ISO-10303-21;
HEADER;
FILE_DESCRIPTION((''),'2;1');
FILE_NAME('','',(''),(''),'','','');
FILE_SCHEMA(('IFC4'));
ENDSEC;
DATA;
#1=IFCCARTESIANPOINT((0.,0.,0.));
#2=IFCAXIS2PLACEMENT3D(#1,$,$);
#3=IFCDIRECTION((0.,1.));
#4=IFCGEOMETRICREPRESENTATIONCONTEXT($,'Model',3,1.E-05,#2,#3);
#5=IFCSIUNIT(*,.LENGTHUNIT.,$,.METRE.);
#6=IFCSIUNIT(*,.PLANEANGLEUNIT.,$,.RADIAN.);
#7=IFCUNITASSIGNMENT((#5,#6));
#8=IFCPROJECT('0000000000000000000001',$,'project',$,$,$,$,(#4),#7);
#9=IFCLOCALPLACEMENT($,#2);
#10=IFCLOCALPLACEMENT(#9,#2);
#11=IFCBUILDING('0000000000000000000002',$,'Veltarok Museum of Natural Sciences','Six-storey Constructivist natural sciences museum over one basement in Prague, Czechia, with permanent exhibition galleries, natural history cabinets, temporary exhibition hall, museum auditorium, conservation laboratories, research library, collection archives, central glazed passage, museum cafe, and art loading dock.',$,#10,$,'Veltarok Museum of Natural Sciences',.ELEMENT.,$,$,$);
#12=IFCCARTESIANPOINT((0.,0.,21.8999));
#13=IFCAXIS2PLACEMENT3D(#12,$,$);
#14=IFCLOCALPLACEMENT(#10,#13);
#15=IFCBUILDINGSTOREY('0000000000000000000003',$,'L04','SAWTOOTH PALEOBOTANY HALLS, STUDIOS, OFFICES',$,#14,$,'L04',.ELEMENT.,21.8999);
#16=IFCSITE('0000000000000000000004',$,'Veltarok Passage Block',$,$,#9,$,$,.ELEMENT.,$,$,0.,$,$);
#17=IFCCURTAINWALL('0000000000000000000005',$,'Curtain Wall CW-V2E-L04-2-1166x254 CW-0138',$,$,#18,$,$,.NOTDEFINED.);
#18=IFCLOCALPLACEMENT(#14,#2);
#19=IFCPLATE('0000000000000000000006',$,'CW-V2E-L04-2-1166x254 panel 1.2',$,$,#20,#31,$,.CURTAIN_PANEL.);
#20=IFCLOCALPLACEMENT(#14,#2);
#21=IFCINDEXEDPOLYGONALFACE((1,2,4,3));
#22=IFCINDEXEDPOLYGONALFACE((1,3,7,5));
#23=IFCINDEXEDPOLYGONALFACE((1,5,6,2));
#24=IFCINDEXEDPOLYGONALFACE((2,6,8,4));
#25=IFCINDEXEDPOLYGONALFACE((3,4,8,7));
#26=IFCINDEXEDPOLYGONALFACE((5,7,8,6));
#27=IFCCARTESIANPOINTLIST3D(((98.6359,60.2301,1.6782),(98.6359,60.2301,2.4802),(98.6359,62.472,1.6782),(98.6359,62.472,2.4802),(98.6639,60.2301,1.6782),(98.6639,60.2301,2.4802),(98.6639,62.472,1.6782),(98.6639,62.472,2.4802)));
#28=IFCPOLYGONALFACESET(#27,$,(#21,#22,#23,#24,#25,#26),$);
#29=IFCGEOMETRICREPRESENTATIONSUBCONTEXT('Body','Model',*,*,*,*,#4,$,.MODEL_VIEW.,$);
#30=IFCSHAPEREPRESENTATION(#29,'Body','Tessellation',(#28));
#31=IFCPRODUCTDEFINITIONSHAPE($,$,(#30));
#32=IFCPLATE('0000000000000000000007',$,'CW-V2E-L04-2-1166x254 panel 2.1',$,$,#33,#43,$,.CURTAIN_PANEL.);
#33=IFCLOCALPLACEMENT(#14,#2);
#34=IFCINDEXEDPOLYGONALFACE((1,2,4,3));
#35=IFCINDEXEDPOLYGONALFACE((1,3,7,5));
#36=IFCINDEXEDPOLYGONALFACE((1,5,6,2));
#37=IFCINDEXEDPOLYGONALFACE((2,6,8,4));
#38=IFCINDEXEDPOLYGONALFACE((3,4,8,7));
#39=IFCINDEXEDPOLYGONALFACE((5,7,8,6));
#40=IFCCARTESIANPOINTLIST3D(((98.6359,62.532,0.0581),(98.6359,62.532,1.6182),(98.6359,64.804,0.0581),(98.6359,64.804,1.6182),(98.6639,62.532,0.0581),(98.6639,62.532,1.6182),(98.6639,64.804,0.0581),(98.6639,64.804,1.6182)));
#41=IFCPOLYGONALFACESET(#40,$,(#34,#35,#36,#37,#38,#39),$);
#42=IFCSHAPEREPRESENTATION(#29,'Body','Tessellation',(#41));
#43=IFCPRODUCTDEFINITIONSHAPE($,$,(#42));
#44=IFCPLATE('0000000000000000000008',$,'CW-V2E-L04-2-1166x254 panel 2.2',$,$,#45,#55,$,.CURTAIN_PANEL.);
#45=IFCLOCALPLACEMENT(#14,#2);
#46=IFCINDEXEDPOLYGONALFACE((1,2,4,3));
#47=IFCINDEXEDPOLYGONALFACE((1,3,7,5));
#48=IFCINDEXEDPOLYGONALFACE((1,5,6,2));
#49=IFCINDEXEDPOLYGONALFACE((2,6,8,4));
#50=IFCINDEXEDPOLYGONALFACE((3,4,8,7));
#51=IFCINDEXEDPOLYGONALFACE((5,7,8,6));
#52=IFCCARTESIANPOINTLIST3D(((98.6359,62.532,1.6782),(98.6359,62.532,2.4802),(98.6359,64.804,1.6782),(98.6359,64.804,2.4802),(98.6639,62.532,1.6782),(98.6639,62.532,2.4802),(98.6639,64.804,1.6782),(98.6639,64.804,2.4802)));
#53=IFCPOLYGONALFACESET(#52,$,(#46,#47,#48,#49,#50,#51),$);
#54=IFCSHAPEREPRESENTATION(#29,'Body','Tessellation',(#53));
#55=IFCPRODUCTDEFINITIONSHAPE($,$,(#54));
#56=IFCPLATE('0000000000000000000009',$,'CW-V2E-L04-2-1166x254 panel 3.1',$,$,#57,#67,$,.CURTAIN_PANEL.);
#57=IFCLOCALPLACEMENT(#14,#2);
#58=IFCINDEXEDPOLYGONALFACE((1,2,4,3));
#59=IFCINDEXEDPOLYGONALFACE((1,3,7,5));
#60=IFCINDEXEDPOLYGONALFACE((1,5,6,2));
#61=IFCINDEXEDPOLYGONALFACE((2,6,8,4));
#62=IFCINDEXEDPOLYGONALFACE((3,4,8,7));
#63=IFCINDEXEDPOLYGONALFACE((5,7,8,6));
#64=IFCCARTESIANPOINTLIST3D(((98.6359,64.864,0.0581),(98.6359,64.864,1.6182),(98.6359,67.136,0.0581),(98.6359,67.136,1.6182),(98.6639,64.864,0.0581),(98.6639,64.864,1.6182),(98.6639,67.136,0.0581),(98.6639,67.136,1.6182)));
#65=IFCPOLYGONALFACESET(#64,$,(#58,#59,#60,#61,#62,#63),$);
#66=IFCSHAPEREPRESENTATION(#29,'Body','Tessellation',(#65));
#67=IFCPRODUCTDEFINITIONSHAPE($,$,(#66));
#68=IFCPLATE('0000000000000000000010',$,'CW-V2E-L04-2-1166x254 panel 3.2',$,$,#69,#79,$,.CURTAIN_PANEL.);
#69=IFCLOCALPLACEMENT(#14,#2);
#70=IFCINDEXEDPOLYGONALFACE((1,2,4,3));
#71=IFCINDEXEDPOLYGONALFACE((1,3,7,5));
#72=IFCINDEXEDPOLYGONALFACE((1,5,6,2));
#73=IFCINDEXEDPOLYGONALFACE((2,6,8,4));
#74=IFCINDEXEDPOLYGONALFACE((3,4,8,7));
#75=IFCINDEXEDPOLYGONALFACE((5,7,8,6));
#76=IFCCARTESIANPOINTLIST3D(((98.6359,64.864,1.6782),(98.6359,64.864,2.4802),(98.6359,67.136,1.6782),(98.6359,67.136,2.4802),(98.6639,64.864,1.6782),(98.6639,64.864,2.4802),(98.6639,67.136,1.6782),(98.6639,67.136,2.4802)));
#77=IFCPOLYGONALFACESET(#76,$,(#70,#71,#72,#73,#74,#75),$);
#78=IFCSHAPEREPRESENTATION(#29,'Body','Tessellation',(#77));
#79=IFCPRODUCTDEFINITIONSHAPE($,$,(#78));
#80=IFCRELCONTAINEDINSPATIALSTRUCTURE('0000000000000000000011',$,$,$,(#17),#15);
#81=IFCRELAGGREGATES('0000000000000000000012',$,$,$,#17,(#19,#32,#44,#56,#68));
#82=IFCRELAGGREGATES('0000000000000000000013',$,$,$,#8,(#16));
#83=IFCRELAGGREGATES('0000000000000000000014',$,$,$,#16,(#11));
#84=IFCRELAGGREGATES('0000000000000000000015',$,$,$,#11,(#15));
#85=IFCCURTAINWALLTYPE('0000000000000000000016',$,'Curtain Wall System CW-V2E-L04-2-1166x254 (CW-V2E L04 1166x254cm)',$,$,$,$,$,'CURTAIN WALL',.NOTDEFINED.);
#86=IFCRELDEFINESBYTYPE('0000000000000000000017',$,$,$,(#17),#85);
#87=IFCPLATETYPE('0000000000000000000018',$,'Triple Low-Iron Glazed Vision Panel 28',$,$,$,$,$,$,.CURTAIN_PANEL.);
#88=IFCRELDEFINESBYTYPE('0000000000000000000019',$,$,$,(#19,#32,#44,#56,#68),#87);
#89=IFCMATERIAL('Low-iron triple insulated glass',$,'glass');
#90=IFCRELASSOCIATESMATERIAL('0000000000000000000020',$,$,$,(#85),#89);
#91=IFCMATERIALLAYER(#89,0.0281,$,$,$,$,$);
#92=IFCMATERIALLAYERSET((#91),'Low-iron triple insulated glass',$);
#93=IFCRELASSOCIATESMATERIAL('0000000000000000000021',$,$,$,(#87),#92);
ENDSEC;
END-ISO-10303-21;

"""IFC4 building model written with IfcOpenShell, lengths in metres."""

from ifc_helpers import new_model, si_unit, direction, frame, origin, origin_2d, place, context, subcontext, project, spatial, rectangle, extrude, material, layer, layer_set, type_object, element, aggregate, save


model = new_model("IFC4")

# Units and contexts
model_context = context("Model", 3, precision=1e-05, world=origin(), true_north=direction((0.0, 1.0)))
body_context = subcontext(model_context, "Body", "Model", "MODEL_VIEW")
ifc_project = project(units=[si_unit("LENGTHUNIT", "METRE"), si_unit("PLANEANGLEUNIT", "RADIAN")], contexts=[model_context])

# Site, building, storey
site_placement = place(None, origin())
site = spatial("IfcSite", under=ifc_project, at=site_placement, Name="Veltarok Passage Block", CompositionType="ELEMENT", RefElevation=0.0)
building_placement = place(site_placement, origin())
building = spatial("IfcBuilding", under=site, at=building_placement, Name="Veltarok Museum of Natural Sciences", Description="Six-storey Constructivist natural sciences museum over one basement in Prague, Czechia, with permanent exhibition galleries, natural history cabinets, temporary exhibition hall, museum auditorium, conservation laboratories, research library, collection archives, central glazed passage, museum cafe, and art loading dock.", LongName="Veltarok Museum of Natural Sciences", CompositionType="ELEMENT")
storey_placement = place(building_placement, frame((0.0, 0.0, 21.8999)))
storey = spatial("IfcBuildingStorey", under=building, at=storey_placement, Name="L04", Description="SAWTOOTH PALEOBOTANY HALLS, STUDIOS, OFFICES", LongName="L04", CompositionType="ELEMENT", Elevation=21.8999)

# Curtain wall
ifc_material_1 = material(Name="Low-iron triple insulated glass", Category="glass")
curtain_wall_type_1 = type_object("IfcCurtainWallType", Name="Curtain Wall System CW-V2E-L04-2-1166x254 (CW-V2E L04 1166x254cm)", ElementType="CURTAIN WALL", PredefinedType="NOTDEFINED", material=ifc_material_1)
curtain_wall_1_placement = place(storey_placement, origin())
curtain_wall_1 = element("IfcCurtainWall", 1, at=curtain_wall_1_placement, inside=storey, type_object=curtain_wall_type_1, Name="Curtain Wall CW-V2E-L04-2-1166x254 CW-0138", PredefinedType="NOTDEFINED")

# Plates
ifc_layer = layer(ifc_material_1, 0.0281)
ifc_layer_set = layer_set([ifc_layer], Name="Low-iron triple insulated glass")
plate_type = type_object("IfcPlateType", Name="Triple Low-Iron Glazed Vision Panel 28", PredefinedType="CURTAIN_PANEL", material=ifc_layer_set)
plate_1_placement = place(storey_placement, frame((98.6499, 61.3511, 1.6782), z_axis=(0.0, 0.0, 1.0), x_axis=(0.0, 1.0, 0.0)))
plate_1 = element("IfcPlate", 2, at=plate_1_placement, type_object=plate_type, Name="CW-V2E-L04-2-1166x254 panel 1.2", PredefinedType="CURTAIN_PANEL", context=body_context, shape_type="SweptSolid", body=[
    extrude(rectangle(XDim=2.2419, YDim=0.0281, at=origin_2d()), origin(), (0.0, 0.0, 1.0), 0.802),
])
plate_2_placement = place(storey_placement, frame((98.6499, 63.668, 0.0581), z_axis=(0.0, 0.0, 1.0), x_axis=(0.0, 1.0, 0.0)))
plate_2 = element("IfcPlate", 3, at=plate_2_placement, type_object=plate_type, Name="CW-V2E-L04-2-1166x254 panel 2.1", PredefinedType="CURTAIN_PANEL", context=body_context, shape_type="SweptSolid", body=[
    extrude(rectangle(XDim=2.272, YDim=0.0281, at=origin_2d()), origin(), (0.0, 0.0, 1.0), 1.5601),
])
plate_3_placement = place(storey_placement, frame((98.6499, 63.668, 1.6782), z_axis=(0.0, 0.0, 1.0), x_axis=(0.0, 1.0, 0.0)))
plate_3 = element("IfcPlate", 4, at=plate_3_placement, type_object=plate_type, Name="CW-V2E-L04-2-1166x254 panel 2.2", PredefinedType="CURTAIN_PANEL", context=body_context, shape_type="SweptSolid", body=[
    extrude(rectangle(XDim=2.272, YDim=0.0281, at=origin_2d()), origin(), (0.0, 0.0, 1.0), 0.802),
])
plate_4_placement = place(storey_placement, frame((98.6499, 66.0, 0.0581), z_axis=(0.0, 0.0, 1.0), x_axis=(0.0, 1.0, 0.0)))
plate_4 = element("IfcPlate", 5, at=plate_4_placement, type_object=plate_type, Name="CW-V2E-L04-2-1166x254 panel 3.1", PredefinedType="CURTAIN_PANEL", context=body_context, shape_type="SweptSolid", body=[
    extrude(rectangle(XDim=2.272, YDim=0.0281, at=origin_2d()), origin(), (0.0, 0.0, 1.0), 1.5601),
])
plate_5_placement = place(storey_placement, frame((98.6499, 66.0, 1.6782), z_axis=(0.0, 0.0, 1.0), x_axis=(0.0, 1.0, 0.0)))
plate_5 = element("IfcPlate", 6, at=plate_5_placement, type_object=plate_type, Name="CW-V2E-L04-2-1166x254 panel 3.2", PredefinedType="CURTAIN_PANEL", context=body_context, shape_type="SweptSolid", body=[
    extrude(rectangle(XDim=2.272, YDim=0.0281, at=origin_2d()), origin(), (0.0, 0.0, 1.0), 0.802),
])
aggregate(curtain_wall_1, [plate_1, plate_2, plate_3, plate_4, plate_5])

save(model, "model.ifc")
